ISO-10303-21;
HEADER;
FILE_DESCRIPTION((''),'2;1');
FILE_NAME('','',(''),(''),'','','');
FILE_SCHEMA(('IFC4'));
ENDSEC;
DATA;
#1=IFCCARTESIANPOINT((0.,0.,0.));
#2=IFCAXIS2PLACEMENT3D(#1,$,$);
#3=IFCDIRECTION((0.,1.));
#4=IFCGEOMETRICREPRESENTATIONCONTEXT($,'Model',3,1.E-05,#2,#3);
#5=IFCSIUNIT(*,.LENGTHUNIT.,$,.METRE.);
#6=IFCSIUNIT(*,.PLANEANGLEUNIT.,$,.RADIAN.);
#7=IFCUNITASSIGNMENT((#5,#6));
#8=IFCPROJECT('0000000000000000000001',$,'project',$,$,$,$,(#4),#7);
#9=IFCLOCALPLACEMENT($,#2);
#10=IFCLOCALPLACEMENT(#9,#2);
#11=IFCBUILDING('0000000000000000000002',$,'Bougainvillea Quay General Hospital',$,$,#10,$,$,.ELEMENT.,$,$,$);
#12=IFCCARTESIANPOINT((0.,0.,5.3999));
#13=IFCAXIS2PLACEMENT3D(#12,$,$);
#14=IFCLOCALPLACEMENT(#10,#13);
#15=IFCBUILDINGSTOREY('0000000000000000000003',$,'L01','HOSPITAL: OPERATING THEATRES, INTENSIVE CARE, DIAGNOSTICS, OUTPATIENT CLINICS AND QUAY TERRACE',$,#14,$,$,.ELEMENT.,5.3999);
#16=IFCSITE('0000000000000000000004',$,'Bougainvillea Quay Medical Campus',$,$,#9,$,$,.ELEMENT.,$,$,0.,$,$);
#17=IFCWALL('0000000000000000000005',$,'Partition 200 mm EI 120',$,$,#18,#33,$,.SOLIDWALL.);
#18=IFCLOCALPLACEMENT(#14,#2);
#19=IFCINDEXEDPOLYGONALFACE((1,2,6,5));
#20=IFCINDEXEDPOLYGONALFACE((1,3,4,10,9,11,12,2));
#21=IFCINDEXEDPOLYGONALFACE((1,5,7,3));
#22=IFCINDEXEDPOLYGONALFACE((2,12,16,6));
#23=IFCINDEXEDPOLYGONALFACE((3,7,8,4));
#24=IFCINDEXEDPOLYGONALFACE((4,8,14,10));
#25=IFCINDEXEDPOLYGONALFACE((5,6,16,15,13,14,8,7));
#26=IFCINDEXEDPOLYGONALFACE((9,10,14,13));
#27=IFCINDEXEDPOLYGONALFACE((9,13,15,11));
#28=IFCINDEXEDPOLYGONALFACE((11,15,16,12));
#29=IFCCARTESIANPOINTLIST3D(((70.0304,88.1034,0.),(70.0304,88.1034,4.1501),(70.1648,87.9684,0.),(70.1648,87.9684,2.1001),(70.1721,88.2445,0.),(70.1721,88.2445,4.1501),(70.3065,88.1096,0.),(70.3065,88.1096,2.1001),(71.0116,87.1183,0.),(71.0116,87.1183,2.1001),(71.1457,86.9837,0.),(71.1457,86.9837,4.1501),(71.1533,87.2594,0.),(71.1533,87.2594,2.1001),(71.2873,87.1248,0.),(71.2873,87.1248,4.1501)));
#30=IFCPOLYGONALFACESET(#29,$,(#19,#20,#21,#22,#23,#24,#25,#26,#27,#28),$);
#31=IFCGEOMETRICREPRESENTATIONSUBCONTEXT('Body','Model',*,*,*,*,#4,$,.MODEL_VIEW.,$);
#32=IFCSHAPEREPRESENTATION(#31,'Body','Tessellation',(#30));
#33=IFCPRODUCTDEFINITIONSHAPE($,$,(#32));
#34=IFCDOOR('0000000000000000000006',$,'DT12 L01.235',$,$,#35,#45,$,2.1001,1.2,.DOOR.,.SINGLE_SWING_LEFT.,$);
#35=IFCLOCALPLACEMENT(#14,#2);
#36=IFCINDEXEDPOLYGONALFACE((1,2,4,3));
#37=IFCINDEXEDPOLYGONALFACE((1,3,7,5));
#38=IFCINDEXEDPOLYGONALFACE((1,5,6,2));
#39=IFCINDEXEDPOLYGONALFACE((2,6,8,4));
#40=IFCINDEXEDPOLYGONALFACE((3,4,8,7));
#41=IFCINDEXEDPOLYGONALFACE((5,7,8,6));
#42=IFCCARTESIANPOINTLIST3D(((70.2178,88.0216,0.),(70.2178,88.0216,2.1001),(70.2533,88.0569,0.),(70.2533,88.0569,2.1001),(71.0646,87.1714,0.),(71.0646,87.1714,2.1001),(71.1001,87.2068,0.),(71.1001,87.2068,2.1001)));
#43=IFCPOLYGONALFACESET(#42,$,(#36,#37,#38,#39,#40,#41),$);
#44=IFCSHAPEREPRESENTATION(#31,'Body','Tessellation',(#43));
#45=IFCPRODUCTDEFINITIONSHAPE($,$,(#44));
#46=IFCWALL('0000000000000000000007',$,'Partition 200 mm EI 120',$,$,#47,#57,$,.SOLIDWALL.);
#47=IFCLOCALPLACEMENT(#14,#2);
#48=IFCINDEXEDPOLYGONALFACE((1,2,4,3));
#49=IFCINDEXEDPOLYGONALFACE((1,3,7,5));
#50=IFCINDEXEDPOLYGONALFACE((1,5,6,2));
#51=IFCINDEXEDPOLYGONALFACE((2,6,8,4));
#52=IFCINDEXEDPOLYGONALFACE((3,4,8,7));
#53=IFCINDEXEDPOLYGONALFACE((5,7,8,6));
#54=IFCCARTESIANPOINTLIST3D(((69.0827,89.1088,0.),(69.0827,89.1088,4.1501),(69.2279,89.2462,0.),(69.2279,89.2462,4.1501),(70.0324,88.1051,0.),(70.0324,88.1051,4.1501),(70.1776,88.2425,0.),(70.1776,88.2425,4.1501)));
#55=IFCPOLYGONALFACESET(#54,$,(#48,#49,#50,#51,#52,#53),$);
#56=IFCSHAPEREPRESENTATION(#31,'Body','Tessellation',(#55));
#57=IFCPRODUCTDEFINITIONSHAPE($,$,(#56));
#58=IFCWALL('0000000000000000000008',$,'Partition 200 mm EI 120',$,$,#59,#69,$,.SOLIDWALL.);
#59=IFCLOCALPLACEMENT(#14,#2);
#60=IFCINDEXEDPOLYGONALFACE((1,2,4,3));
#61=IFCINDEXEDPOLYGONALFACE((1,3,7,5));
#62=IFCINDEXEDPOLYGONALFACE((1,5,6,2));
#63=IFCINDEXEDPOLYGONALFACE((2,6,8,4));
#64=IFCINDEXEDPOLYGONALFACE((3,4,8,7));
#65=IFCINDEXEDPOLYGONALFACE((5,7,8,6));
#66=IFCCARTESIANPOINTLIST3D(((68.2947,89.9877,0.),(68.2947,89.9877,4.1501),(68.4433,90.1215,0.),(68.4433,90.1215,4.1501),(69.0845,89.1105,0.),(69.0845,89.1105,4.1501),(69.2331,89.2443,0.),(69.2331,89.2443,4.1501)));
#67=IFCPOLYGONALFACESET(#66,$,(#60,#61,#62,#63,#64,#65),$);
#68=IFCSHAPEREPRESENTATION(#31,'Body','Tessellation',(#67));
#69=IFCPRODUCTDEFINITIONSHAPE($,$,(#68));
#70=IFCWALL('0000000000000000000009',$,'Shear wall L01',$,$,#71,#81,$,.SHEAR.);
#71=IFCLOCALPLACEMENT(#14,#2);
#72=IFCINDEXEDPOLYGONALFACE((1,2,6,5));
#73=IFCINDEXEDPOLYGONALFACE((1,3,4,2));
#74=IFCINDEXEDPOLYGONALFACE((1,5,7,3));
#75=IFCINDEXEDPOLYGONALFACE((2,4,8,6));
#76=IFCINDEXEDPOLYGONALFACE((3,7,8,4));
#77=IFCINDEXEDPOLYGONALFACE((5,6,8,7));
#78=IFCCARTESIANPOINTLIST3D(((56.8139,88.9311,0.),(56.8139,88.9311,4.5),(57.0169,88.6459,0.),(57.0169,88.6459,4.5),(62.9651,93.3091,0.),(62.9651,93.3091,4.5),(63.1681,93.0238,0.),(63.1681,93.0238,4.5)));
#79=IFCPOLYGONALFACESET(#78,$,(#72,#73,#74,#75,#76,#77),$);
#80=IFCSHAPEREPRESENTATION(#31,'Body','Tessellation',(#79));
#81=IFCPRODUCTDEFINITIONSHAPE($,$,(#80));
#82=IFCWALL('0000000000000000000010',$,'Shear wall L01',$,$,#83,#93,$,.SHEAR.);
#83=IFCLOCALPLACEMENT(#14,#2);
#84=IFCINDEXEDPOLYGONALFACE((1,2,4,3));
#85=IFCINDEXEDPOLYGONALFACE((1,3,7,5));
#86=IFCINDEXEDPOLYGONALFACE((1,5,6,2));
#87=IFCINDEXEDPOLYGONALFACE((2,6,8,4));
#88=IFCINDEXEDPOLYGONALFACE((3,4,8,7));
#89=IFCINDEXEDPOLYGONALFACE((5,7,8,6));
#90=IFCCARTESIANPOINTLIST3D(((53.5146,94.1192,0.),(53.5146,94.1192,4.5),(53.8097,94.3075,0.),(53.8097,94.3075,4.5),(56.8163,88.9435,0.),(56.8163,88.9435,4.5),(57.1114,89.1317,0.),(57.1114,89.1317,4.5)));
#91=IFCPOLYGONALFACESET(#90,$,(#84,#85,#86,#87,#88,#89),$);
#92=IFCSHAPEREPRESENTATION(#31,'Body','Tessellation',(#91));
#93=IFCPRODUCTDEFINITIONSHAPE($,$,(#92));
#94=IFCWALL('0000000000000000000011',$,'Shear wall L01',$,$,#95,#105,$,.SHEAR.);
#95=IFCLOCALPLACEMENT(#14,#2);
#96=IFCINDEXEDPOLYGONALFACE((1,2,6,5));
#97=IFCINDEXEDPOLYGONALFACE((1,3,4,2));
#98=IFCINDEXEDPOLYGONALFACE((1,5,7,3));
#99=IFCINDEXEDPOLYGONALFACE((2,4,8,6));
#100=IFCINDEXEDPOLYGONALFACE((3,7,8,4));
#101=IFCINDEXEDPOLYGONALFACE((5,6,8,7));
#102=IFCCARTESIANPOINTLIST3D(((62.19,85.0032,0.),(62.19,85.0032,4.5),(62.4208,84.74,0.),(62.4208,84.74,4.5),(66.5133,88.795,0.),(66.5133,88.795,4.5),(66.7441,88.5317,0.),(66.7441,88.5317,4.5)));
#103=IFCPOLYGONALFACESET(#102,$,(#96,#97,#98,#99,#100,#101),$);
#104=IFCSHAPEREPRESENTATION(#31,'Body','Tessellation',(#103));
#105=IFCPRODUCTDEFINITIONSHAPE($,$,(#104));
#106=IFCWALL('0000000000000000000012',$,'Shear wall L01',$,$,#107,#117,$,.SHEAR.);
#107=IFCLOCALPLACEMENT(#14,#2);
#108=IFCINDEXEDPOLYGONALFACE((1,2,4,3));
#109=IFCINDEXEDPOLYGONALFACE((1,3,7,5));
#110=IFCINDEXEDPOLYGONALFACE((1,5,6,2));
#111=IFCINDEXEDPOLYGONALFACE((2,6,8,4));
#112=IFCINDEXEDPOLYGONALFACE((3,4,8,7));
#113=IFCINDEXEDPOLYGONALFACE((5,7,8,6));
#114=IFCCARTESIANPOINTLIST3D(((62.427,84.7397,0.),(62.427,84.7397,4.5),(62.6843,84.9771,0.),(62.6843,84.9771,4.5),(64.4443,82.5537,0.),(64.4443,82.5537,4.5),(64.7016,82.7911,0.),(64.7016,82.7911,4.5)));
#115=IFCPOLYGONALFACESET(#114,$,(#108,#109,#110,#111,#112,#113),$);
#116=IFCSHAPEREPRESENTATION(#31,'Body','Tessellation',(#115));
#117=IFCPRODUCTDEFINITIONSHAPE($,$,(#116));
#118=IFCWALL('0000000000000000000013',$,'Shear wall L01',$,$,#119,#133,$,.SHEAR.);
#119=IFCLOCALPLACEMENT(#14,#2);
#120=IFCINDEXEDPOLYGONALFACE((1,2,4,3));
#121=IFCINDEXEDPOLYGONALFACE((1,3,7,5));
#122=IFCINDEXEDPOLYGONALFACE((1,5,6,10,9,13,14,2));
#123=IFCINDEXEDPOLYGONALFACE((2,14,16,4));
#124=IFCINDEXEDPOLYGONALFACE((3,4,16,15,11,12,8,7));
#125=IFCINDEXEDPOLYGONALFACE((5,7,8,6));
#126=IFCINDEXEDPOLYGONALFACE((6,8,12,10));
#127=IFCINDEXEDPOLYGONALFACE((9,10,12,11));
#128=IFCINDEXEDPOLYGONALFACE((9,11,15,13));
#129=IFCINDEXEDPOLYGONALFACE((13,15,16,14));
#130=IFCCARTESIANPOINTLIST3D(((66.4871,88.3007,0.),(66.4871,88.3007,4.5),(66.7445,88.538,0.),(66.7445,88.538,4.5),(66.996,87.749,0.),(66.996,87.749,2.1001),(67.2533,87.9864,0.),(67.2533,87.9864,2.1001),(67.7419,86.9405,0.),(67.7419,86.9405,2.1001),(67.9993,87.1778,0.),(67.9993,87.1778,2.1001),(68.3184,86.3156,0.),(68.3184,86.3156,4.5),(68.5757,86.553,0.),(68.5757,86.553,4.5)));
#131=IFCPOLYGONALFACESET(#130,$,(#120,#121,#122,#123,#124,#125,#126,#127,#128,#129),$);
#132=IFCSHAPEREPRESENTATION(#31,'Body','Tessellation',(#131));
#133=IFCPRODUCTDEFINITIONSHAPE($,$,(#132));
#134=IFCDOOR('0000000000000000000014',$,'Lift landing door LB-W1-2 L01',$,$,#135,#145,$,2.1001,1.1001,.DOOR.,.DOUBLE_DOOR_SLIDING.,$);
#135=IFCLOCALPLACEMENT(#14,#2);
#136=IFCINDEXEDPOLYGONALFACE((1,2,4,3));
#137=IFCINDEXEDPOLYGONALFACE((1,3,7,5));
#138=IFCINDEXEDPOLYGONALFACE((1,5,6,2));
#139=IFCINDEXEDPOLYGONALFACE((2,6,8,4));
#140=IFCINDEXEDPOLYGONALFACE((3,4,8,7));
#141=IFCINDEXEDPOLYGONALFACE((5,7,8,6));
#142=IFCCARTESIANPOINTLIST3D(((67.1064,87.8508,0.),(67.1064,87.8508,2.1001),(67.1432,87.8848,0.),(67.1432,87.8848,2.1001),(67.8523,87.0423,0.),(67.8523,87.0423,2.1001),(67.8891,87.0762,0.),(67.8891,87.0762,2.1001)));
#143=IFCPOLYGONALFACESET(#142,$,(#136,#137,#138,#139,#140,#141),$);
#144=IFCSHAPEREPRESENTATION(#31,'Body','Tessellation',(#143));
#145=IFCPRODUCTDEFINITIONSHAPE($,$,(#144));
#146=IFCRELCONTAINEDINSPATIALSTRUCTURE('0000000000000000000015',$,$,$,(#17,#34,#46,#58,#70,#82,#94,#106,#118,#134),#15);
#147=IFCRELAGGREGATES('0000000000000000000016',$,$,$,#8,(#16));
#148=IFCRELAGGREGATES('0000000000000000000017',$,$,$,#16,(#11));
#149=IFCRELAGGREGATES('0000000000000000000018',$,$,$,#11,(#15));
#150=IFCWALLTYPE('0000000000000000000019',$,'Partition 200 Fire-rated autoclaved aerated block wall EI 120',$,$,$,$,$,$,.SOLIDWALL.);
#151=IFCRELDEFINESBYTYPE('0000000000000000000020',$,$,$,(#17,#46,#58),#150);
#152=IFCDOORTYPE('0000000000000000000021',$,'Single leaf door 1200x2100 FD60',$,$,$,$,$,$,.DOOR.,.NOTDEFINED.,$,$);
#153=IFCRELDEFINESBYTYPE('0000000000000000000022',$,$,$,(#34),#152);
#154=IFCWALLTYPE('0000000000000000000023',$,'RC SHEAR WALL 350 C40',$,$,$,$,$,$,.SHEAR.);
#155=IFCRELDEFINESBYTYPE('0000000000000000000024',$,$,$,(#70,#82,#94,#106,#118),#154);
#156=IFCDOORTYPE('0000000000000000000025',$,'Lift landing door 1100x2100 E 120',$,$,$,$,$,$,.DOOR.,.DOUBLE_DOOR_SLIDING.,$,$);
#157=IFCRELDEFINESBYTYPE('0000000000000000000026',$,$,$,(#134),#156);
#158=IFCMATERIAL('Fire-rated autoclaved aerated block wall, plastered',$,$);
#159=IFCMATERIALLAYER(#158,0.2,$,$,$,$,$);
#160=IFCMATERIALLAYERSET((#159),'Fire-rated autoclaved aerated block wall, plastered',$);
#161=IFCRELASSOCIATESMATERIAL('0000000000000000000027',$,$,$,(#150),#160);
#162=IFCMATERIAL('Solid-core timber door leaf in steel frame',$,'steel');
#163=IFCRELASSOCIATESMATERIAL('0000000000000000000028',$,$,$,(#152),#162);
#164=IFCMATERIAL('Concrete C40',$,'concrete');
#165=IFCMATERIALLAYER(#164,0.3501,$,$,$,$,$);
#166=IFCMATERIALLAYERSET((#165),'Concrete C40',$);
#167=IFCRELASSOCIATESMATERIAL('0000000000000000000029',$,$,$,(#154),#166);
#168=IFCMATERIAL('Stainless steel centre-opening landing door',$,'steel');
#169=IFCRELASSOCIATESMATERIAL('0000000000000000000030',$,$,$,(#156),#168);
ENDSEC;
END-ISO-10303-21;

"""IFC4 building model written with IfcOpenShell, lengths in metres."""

from ifc_helpers import new_model, si_unit, direction, frame, frame_2d, origin, place, context, subcontext, project, spatial, rectangle, extrude, material, layer, layer_set, type_object, element, fill, save


model = new_model("IFC4")

# Units and contexts
model_context = context("Model", 3, precision=1e-05, world=origin(), true_north=direction((0.0, 1.0)))
body_context = subcontext(model_context, "Body", "Model", "MODEL_VIEW")
ifc_project = project(units=[si_unit("LENGTHUNIT", "METRE"), si_unit("PLANEANGLEUNIT", "RADIAN")], contexts=[model_context])

# Site, building, storey
site_placement = place(None, origin())
site = spatial("IfcSite", under=ifc_project, at=site_placement, Name="Bougainvillea Quay Medical Campus", CompositionType="ELEMENT", RefElevation=0.0)
building_placement = place(site_placement, origin())
building = spatial("IfcBuilding", under=site, at=building_placement, Name="Bougainvillea Quay General Hospital", CompositionType="ELEMENT")
storey_placement = place(building_placement, frame((0.0, 0.0, 5.3999)))
storey = spatial("IfcBuildingStorey", under=building, at=storey_placement, Name="L01", Description="HOSPITAL: OPERATING THEATRES, INTENSIVE CARE, DIAGNOSTICS, OUTPATIENT CLINICS AND QUAY TERRACE", CompositionType="ELEMENT", Elevation=5.3999)

# Shared definitions
ifc_material_1 = material(Name="Solid-core timber door leaf in steel frame", Category="steel")

# Shared definitions
ifc_material_2 = material(Name="Fire-rated autoclaved aerated block wall, plastered")
ifc_layer_1 = layer(ifc_material_2, 0.2)
ifc_layer_set_1 = layer_set([ifc_layer_1], Name="Fire-rated autoclaved aerated block wall, plastered")
wall_type_1 = type_object("IfcWallType", Name="Partition 200 Fire-rated autoclaved aerated block wall EI 120", PredefinedType="SOLIDWALL", material=ifc_layer_set_1)

# Wall, opening, door
wall_1_placement = place(storey_placement, frame((70.1013, 88.1738, 0.0), z_axis=(0.0, 0.0, 1.0), x_axis=(0.705715, -0.708496, 0.0)))
wall_1 = element("IfcWall", 1, at=wall_1_placement, inside=storey, type_object=wall_type_1, Name="Partition 200 mm EI 120", PredefinedType="SOLIDWALL", context=body_context, shape_type="SweptSolid", body=[
    extrude(rectangle(XDim=1.5803, YDim=0.2, at=frame_2d((0.79, 0.0))), origin(), (0.0, 0.0, 1.0), 4.1501),
])
opening_1_placement = place(wall_1_placement, frame((0.1902, 0.0, 0.0)))
opening_1 = element("IfcOpeningElement", 2, at=opening_1_placement, cuts=wall_1, PredefinedType="OPENING", context=body_context, shape_type="SweptSolid", body=[
    extrude(rectangle(XDim=1.2, YDim=2.1001, at=frame_2d((0.6001, 1.05))), frame((0.0, 0.1099, 0.0), z_axis=(0.0, -1.0, 0.0), x_axis=(1.0, 0.0, 0.0)), (0.0, 0.0, 1.0), 0.22),
])
door_type_1 = type_object("IfcDoorType", Name="Single leaf door 1200x2100 FD60", OperationType="NOTDEFINED", PredefinedType="DOOR", material=ifc_material_1)
door_1_placement = place(opening_1_placement, frame((1.2, 0.0, 0.0), z_axis=(0.0, 0.0, 1.0), x_axis=(-1.0, 0.0, 0.0)))
door_1 = element("IfcDoor", 3, at=door_1_placement, inside=storey, type_object=door_type_1, Name="DT12 L01.235", OperationType="SINGLE_SWING_LEFT", OverallHeight=2.1001, OverallWidth=1.2, PredefinedType="DOOR", context=body_context, shape_type="SweptSolid", body=[
    extrude(rectangle(XDim=1.2, YDim=2.1001, at=frame_2d((0.6001, 1.05))), frame((0.0, 0.0249, 0.0), z_axis=(0.0, -1.0, 0.0), x_axis=(1.0, 0.0, 0.0)), (0.0, 0.0, 1.0), 0.05),
])
fill(opening_1, door_1)

# Walls
wall_2_placement = place(storey_placement, frame((69.1553, 89.1775, 0.0), z_axis=(0.0, 0.0, 1.0), x_axis=(0.687313, -0.726361, 0.0)))
element("IfcWall", 4, at=wall_2_placement, inside=storey, type_object=wall_type_1, Name="Partition 200 mm EI 120", PredefinedType="SOLIDWALL", context=body_context, shape_type="SweptSolid", body=[
    extrude(rectangle(XDim=1.3818, YDim=0.2, at=frame_2d((0.6909, 0.0))), origin(), (0.0, 0.0, 1.0), 4.1501),
])
wall_3_placement = place(storey_placement, frame((68.3689, 90.0547, 0.0), z_axis=(0.0, 0.0, 1.0), x_axis=(0.669113, -0.74316, 0.0)))
element("IfcWall", 5, at=wall_3_placement, inside=storey, type_object=wall_type_1, Name="Partition 200 mm EI 120", PredefinedType="SOLIDWALL", context=body_context, shape_type="SweptSolid", body=[
    extrude(rectangle(XDim=1.1804, YDim=0.2, at=frame_2d((0.5903, 0.0))), origin(), (0.0, 0.0, 1.0), 4.1501),
])
ifc_material_3 = material(Name="Concrete C40", Category="concrete")
ifc_layer_2 = layer(ifc_material_3, 0.3501)
ifc_layer_set_2 = layer_set([ifc_layer_2], Name="Concrete C40")
wall_type_2 = type_object("IfcWallType", Name="RC SHEAR WALL 350 C40", PredefinedType="SHEAR", material=ifc_layer_set_2)
wall_4_placement = place(storey_placement, frame((56.9155, 88.7886, 0.0), z_axis=(0.0, 0.0, 1.0), x_axis=(0.814718, 0.579858, 0.0)))
element("IfcWall", 6, at=wall_4_placement, inside=storey, type_object=wall_type_2, Name="Shear wall L01", PredefinedType="SHEAR", context=body_context, shape_type="SweptSolid", body=[
    extrude(rectangle(XDim=7.55, YDim=0.3501, at=frame_2d((3.7749, 0.0))), origin(), (0.0, 0.0, 1.0), 4.5),
])
wall_5_placement = place(storey_placement, frame((56.9639, 89.0376, 0.0), z_axis=(0.0, 0.0, 1.0), x_axis=(-0.537812, 0.843065, 0.0)))
element("IfcWall", 7, at=wall_5_placement, inside=storey, type_object=wall_type_2, Name="Shear wall L01", PredefinedType="SHEAR", context=body_context, shape_type="SweptSolid", body=[
    extrude(rectangle(XDim=6.1392, YDim=0.3501, at=frame_2d((3.0696, 0.0))), origin(), (0.0, 0.0, 1.0), 4.5),
])
wall_6_placement = place(storey_placement, frame((62.3054, 84.8716, 0.0), z_axis=(0.0, 0.0, 1.0), x_axis=(0.751808, 0.659382, 0.0)))
element("IfcWall", 8, at=wall_6_placement, inside=storey, type_object=wall_type_2, Name="Shear wall L01", PredefinedType="SHEAR", context=body_context, shape_type="SweptSolid", body=[
    extrude(rectangle(XDim=5.7505, YDim=0.3501, at=frame_2d((2.8752, 0.0))), origin(), (0.0, 0.0, 1.0), 4.5),
])
wall_7_placement = place(storey_placement, frame((62.5557, 84.8584, 0.0), z_axis=(0.0, 0.0, 1.0), x_axis=(0.678181, -0.734895, 0.0)))
element("IfcWall", 9, at=wall_7_placement, inside=storey, type_object=wall_type_2, Name="Shear wall L01", PredefinedType="SHEAR", context=body_context, shape_type="SweptSolid", body=[
    extrude(rectangle(XDim=2.9746, YDim=0.3501, at=frame_2d((1.4873, 0.0))), origin(), (0.0, 0.0, 1.0), 4.5),
])

# Wall, opening, door
wall_8_placement = place(storey_placement, frame((68.447, 86.4343, 0.0), z_axis=(0.0, 0.0, 1.0), x_axis=(-0.678059, 0.735008, 0.0)))
wall_8 = element("IfcWall", 10, at=wall_8_placement, inside=storey, type_object=wall_type_2, Name="Shear wall L01", PredefinedType="SHEAR", context=body_context, shape_type="SweptSolid", body=[
    extrude(rectangle(XDim=2.7007, YDim=0.3501, at=frame_2d((1.3503, 0.0))), origin(), (0.0, 0.0, 1.0), 4.5),
])
opening_2_placement = place(wall_8_placement, frame((0.8501, 0.0, 0.0)))
opening_2 = element("IfcOpeningElement", 11, at=opening_2_placement, cuts=wall_8, PredefinedType="OPENING", context=body_context, shape_type="SweptSolid", body=[
    extrude(rectangle(XDim=1.1001, YDim=2.1001, at=frame_2d((0.55, 1.05))), frame((0.0, 0.1851, 0.0), z_axis=(0.0, -1.0, 0.0), x_axis=(1.0, 0.0, 0.0)), (0.0, 0.0, 1.0), 0.3701),
])
ifc_material_4 = material(Name="Stainless steel centre-opening landing door", Category="steel")
door_type_2 = type_object("IfcDoorType", Name="Lift landing door 1100x2100 E 120", OperationType="DOUBLE_DOOR_SLIDING", PredefinedType="DOOR", material=ifc_material_4)
door_2_placement = place(opening_2_placement, origin())
door_2 = element("IfcDoor", 12, at=door_2_placement, inside=storey, type_object=door_type_2, Name="Lift landing door LB-W1-2 L01", OperationType="DOUBLE_DOOR_SLIDING", OverallHeight=2.1001, OverallWidth=1.1001, PredefinedType="DOOR", context=body_context, shape_type="SweptSolid", body=[
    extrude(rectangle(XDim=1.1001, YDim=2.1001, at=frame_2d((0.55, 1.05))), frame((0.0, 0.0249, 0.0), z_axis=(0.0, -1.0, 0.0), x_axis=(1.0, 0.0, 0.0)), (0.0, 0.0, 1.0), 0.05),
])
fill(opening_2, door_2)

save(model, "model.ifc")
